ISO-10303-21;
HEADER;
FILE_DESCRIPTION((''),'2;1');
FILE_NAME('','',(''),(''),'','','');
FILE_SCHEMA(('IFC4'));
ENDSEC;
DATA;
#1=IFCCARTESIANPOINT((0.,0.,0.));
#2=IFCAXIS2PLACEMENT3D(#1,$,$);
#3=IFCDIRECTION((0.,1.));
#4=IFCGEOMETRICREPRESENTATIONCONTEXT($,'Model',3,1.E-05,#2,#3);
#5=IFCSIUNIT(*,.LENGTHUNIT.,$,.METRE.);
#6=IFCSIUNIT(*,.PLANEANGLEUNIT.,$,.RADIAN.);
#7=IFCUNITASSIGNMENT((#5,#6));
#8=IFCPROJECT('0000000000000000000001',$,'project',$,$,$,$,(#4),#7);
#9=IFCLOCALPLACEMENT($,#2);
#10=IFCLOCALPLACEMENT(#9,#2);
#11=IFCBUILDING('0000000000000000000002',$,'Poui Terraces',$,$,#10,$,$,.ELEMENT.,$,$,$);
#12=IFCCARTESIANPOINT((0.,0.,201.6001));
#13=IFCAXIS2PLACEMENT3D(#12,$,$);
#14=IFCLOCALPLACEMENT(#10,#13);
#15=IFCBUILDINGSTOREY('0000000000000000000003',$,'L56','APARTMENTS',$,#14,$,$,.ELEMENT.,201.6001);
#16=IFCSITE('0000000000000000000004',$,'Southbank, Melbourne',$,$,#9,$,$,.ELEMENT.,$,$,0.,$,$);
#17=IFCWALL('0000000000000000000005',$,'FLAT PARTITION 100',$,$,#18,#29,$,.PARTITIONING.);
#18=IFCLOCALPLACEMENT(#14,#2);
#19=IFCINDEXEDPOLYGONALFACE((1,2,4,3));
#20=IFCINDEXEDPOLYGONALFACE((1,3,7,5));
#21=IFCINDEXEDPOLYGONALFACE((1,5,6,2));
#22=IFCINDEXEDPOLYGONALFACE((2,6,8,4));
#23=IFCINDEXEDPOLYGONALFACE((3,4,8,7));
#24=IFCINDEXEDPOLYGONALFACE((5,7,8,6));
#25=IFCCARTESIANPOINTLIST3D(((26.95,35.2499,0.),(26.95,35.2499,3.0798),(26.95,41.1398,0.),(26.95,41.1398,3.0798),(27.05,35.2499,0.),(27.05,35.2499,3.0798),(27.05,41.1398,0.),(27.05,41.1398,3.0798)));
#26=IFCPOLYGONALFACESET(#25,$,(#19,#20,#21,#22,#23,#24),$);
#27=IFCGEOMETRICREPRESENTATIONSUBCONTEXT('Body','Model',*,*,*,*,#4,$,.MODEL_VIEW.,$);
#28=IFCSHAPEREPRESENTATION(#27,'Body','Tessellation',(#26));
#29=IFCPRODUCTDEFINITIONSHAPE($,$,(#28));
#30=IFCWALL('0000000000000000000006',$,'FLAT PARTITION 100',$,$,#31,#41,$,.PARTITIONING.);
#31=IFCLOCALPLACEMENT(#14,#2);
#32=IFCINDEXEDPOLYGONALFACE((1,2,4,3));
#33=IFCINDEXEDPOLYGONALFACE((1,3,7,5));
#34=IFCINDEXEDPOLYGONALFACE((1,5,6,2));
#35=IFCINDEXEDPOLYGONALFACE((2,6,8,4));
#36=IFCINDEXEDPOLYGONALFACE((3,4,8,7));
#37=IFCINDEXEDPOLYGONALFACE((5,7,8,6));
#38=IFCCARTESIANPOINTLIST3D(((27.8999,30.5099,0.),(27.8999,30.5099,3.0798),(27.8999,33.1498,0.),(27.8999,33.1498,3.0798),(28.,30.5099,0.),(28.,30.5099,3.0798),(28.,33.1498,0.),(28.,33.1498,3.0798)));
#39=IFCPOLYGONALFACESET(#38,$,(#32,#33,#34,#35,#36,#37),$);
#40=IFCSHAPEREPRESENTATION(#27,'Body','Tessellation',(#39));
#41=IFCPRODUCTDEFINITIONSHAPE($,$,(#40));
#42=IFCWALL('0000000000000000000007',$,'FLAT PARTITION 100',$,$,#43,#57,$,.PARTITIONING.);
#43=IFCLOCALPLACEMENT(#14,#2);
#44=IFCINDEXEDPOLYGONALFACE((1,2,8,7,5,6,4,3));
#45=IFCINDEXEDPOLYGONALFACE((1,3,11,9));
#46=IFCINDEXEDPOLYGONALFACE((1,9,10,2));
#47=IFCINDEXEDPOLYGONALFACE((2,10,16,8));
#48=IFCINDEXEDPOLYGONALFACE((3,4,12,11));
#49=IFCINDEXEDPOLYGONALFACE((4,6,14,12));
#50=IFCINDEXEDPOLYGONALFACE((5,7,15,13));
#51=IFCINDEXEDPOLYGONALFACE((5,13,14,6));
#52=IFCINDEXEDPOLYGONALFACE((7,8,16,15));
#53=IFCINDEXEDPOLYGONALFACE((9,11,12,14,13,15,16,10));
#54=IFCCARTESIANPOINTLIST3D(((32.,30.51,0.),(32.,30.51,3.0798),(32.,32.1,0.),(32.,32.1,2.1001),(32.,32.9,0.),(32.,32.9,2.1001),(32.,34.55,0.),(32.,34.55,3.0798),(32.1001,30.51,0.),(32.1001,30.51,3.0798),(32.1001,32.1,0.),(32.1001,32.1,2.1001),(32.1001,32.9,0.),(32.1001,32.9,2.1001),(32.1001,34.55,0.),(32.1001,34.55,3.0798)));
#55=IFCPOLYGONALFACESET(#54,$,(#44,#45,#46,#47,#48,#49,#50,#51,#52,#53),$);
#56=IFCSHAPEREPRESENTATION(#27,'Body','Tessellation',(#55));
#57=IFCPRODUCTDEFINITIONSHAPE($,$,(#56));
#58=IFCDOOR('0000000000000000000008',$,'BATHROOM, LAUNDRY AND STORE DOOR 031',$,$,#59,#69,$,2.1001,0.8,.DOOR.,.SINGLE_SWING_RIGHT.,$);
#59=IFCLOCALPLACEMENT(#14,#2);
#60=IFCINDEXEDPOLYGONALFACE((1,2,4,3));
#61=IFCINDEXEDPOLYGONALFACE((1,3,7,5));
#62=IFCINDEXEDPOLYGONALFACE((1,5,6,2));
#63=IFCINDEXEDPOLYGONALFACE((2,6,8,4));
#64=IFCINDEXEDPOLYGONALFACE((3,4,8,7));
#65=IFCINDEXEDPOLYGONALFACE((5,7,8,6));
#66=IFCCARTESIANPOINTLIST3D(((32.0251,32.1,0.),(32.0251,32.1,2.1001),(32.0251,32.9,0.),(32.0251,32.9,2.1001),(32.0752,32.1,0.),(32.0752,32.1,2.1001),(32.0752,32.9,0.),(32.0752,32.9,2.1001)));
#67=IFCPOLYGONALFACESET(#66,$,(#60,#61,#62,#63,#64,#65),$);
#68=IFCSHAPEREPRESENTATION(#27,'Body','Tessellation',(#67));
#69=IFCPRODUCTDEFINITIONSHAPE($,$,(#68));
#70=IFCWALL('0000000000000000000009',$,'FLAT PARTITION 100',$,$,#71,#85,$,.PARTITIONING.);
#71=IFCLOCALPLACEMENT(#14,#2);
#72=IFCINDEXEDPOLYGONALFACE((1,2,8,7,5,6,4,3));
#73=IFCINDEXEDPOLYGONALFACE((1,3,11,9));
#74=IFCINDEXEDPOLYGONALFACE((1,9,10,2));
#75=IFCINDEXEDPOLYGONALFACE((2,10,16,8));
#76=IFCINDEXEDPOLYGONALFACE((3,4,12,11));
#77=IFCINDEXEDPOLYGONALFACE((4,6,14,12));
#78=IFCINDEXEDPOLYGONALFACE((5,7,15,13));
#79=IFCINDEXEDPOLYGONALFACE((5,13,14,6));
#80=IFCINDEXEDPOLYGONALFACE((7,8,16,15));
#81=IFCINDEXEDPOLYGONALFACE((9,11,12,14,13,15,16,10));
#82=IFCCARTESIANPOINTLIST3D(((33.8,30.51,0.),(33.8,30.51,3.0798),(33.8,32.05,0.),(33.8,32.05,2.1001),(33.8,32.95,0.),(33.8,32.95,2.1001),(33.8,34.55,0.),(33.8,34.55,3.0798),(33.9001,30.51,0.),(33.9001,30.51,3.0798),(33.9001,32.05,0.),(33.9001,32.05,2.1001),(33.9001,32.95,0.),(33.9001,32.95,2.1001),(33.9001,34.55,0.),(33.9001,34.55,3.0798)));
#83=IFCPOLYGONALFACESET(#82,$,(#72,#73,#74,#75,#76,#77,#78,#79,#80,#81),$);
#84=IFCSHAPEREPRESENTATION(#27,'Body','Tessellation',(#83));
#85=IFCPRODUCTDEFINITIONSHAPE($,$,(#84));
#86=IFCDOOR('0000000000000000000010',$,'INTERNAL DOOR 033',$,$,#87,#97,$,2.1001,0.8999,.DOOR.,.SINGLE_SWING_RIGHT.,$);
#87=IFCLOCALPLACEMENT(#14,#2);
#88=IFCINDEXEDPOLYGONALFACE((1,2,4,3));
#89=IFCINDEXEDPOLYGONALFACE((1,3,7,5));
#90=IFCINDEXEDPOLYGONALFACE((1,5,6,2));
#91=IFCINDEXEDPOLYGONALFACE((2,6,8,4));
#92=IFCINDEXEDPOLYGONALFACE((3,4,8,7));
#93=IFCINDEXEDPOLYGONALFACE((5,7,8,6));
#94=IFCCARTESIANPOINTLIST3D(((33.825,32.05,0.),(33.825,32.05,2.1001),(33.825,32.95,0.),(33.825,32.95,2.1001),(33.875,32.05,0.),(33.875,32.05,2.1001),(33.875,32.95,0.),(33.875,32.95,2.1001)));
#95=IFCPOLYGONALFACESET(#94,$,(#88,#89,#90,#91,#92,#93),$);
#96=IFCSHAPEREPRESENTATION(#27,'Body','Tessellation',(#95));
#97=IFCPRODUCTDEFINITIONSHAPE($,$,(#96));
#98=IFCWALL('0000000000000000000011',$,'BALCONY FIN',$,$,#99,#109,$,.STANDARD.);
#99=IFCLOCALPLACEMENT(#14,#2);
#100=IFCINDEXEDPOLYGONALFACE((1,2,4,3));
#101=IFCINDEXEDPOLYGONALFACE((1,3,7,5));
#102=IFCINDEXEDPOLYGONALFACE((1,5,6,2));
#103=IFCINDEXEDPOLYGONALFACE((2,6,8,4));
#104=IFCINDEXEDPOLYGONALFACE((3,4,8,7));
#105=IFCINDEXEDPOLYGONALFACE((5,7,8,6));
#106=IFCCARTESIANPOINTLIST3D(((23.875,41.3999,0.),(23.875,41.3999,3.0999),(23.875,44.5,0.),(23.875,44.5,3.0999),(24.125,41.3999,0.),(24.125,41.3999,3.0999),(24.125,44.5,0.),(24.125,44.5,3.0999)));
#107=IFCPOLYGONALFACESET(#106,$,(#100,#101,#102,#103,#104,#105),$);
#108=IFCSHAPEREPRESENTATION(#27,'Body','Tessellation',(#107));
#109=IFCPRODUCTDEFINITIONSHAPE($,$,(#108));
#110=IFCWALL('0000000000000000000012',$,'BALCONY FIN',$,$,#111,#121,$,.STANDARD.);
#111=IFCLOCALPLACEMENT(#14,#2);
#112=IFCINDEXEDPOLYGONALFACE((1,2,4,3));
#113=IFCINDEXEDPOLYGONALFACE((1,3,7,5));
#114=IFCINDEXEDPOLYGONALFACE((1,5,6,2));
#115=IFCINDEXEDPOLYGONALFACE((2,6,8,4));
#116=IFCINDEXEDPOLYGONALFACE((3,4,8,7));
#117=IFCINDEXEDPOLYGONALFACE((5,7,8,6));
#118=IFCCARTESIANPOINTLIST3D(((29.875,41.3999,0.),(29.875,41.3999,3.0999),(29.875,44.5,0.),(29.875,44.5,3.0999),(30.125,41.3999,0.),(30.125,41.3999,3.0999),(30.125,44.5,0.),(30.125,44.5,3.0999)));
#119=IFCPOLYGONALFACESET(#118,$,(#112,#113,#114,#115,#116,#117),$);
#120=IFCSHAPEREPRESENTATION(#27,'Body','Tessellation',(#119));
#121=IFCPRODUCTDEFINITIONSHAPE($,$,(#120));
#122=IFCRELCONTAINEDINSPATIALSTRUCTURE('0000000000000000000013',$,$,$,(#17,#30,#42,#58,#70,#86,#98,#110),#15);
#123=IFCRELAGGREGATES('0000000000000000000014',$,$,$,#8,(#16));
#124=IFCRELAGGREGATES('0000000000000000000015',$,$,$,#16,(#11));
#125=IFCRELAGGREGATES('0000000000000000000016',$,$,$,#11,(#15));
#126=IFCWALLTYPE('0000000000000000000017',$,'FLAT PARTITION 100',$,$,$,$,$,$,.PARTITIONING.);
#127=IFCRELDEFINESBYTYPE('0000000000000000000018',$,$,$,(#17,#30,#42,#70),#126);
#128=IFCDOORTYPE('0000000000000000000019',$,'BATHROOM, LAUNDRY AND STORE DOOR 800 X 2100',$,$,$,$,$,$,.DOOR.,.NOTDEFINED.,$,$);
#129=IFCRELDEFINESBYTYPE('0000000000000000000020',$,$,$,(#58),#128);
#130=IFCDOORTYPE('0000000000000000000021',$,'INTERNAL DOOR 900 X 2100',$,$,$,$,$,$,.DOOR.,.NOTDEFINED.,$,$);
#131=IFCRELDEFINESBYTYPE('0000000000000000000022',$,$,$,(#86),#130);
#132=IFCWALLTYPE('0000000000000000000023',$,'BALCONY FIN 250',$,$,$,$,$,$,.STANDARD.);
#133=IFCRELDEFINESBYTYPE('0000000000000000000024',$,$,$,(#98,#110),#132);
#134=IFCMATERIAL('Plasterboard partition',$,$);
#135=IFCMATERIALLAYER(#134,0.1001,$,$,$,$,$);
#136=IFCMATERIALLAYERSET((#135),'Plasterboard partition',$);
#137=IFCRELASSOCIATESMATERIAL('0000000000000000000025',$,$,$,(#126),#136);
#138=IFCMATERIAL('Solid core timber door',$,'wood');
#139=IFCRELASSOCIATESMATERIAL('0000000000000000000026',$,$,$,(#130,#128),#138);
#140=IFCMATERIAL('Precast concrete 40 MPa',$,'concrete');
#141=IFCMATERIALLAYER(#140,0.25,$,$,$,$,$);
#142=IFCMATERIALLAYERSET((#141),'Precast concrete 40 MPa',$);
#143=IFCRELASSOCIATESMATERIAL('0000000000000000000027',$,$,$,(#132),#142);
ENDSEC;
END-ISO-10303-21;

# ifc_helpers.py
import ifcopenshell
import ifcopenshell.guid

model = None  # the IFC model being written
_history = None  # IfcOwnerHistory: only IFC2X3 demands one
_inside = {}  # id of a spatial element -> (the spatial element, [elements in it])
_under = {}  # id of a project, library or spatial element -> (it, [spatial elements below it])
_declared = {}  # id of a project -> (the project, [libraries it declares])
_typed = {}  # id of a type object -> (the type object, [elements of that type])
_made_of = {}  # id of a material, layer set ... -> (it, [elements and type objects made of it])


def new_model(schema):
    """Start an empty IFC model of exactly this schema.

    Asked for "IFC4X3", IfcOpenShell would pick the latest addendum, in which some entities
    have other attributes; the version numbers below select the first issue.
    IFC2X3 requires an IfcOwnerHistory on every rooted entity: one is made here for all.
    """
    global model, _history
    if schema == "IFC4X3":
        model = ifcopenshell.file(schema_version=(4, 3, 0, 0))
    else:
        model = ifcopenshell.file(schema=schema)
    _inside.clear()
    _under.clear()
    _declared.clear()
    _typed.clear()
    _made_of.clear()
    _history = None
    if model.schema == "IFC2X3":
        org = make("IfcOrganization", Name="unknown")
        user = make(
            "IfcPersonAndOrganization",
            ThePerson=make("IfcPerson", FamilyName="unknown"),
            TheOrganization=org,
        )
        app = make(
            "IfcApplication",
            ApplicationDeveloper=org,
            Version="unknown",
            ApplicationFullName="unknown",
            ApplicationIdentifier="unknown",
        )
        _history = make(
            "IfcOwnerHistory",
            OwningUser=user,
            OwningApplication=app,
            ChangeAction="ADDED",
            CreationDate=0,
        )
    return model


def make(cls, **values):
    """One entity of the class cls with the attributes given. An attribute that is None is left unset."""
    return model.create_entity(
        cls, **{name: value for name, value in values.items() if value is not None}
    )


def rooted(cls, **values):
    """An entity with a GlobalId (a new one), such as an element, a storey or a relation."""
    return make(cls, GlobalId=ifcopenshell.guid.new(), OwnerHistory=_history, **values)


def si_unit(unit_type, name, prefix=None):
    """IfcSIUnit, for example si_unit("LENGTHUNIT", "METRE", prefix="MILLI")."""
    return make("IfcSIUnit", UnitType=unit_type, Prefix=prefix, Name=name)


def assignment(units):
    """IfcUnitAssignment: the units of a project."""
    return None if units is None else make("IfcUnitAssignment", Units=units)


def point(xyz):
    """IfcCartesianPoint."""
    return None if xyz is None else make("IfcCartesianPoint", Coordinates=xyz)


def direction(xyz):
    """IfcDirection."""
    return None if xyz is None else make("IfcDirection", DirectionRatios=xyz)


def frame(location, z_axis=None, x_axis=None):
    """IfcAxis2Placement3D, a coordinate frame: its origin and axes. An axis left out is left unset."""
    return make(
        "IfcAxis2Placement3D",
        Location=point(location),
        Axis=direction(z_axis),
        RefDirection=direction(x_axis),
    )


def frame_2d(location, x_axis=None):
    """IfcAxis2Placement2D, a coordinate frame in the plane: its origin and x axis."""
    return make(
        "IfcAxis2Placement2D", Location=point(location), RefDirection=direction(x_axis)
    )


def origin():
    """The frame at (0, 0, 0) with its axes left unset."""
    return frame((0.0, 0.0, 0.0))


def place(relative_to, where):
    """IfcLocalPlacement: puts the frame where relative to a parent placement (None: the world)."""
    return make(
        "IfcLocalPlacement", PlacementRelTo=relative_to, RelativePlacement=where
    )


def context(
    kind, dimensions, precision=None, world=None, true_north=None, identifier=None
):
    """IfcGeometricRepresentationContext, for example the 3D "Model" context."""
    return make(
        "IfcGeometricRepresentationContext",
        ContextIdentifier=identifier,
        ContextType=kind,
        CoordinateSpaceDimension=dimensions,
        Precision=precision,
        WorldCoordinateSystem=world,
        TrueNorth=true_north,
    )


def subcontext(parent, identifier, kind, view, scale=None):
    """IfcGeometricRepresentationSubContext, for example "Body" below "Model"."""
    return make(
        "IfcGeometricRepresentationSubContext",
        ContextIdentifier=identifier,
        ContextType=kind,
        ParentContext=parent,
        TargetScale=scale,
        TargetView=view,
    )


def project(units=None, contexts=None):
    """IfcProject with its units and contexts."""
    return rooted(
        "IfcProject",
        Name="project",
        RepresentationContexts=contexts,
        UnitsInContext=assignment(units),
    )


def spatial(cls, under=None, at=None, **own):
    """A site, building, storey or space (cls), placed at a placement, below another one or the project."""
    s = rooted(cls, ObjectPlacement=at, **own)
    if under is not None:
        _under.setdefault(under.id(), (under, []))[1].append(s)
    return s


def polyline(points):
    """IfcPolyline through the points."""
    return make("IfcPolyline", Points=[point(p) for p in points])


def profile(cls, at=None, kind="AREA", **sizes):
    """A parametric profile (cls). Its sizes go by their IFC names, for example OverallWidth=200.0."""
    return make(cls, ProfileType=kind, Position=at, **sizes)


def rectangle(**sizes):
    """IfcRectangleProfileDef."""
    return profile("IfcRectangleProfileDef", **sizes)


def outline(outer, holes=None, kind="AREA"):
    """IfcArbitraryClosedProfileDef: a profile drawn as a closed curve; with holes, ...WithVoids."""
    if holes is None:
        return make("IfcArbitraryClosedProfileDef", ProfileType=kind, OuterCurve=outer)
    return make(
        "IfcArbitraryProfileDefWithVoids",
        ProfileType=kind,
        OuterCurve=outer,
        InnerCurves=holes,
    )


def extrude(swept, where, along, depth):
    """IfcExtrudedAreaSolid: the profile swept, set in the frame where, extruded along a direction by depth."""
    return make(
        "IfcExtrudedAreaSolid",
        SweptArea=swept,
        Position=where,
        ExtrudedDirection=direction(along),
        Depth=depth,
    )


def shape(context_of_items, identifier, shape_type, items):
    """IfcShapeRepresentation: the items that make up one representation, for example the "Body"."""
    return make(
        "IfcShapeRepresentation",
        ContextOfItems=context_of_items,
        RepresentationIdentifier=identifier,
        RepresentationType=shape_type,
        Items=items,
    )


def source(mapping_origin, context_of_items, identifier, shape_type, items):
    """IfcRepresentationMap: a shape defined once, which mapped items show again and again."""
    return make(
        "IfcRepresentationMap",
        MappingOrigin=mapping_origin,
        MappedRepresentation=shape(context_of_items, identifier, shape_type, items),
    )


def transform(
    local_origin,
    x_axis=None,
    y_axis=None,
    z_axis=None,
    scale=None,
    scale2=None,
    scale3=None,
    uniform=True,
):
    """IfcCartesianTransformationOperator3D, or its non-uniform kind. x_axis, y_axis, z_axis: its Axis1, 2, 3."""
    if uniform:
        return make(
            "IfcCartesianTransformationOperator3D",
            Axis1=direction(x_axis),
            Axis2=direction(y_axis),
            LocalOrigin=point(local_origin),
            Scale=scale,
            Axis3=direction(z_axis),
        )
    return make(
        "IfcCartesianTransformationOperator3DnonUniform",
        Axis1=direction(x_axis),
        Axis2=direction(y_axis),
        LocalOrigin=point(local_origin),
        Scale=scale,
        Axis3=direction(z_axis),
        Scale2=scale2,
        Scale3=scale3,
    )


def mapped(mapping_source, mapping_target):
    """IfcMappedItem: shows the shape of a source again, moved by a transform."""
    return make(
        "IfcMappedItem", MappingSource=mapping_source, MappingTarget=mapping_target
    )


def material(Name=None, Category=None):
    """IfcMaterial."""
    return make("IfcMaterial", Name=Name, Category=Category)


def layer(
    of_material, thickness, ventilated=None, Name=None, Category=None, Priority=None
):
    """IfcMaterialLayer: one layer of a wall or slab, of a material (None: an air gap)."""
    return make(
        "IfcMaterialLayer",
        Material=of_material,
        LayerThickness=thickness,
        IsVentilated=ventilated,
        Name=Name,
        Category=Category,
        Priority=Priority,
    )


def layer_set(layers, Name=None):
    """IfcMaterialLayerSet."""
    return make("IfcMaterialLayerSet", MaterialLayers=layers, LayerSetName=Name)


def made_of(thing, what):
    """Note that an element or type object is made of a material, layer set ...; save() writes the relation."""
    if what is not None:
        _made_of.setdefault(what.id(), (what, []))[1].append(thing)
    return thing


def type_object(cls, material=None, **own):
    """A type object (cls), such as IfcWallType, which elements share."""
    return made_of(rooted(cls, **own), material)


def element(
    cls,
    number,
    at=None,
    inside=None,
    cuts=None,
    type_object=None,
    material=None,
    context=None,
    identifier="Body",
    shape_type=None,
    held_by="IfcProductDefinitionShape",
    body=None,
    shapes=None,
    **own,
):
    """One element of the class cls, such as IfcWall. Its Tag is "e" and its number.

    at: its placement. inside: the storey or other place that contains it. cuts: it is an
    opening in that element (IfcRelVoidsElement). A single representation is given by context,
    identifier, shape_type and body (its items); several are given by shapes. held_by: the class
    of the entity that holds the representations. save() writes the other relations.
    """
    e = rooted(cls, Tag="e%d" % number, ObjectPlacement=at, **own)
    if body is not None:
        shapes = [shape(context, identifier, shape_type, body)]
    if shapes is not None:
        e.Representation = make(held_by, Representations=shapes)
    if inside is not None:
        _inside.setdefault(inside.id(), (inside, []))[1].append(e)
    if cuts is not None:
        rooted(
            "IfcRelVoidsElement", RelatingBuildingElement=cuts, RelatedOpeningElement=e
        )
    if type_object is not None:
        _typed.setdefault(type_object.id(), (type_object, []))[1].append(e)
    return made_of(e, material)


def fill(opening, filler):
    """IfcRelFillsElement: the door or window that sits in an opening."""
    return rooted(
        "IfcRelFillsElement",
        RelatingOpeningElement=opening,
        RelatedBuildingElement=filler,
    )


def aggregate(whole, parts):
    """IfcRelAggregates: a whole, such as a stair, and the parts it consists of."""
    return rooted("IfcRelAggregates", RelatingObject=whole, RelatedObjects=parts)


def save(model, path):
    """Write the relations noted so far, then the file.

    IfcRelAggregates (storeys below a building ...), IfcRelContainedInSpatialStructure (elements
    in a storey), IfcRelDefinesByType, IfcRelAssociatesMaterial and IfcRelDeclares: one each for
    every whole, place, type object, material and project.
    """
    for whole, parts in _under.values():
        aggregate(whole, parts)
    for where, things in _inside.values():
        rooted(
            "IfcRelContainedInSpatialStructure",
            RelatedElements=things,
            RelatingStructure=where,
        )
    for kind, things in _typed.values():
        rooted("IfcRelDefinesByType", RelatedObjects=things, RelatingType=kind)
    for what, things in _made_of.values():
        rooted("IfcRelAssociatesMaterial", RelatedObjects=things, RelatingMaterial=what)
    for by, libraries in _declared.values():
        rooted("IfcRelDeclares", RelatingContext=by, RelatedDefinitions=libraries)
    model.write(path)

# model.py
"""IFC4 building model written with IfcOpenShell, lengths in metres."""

from ifc_helpers import new_model, si_unit, direction, frame, frame_2d, origin, place, context, subcontext, project, spatial, polyline, rectangle, outline, extrude, source, transform, mapped, material, layer, layer_set, type_object, element, fill, save


model = new_model("IFC4")

# Units and contexts
model_context = context("Model", 3, precision=1e-05, world=origin(), true_north=direction((0.0, 1.0)))
body_context = subcontext(model_context, "Body", "Model", "MODEL_VIEW")
ifc_project = project(units=[si_unit("LENGTHUNIT", "METRE"), si_unit("PLANEANGLEUNIT", "RADIAN")], contexts=[model_context])

# Site, building, storey
site_placement = place(None, origin())
site = spatial("IfcSite", under=ifc_project, at=site_placement, Name="Southbank, Melbourne", CompositionType="ELEMENT", RefElevation=0.0)
building_placement = place(site_placement, origin())
building = spatial("IfcBuilding", under=site, at=building_placement, Name="Poui Terraces", CompositionType="ELEMENT")
storey_placement = place(building_placement, frame((0.0, 0.0, 201.6001)))
storey = spatial("IfcBuildingStorey", under=building, at=storey_placement, Name="L56", Description="APARTMENTS", CompositionType="ELEMENT", Elevation=201.6001)

# Shared definitions
ifc_material_1 = material(Name="Plasterboard partition")
ifc_layer_1 = layer(ifc_material_1, 0.1001)
ifc_layer_set_1 = layer_set([ifc_layer_1], Name="Plasterboard partition")
wall_type_1 = type_object("IfcWallType", Name="FLAT PARTITION 100", PredefinedType="PARTITIONING", material=ifc_layer_set_1)
ifc_material_2 = material(Name="Solid core timber door", Category="wood")
door_type_1 = type_object("IfcDoorType", Name="INTERNAL DOOR 900 X 2100", OperationType="NOTDEFINED", PredefinedType="DOOR", material=ifc_material_2)
door_type_2 = type_object("IfcDoorType", Name="BATHROOM, LAUNDRY AND STORE DOOR 800 X 2100", OperationType="NOTDEFINED", PredefinedType="DOOR", material=ifc_material_2)

# Walls
wall_1_placement = place(storey_placement, frame((27.0, 35.25, 0.0), z_axis=(0.0, 0.0, 1.0), x_axis=(0.0, 1.0, 0.0)))
element("IfcWall", 1, at=wall_1_placement, inside=storey, type_object=wall_type_1, Name="FLAT PARTITION 100", PredefinedType="PARTITIONING", context=body_context, shape_type="SweptSolid", body=[
    extrude(rectangle(XDim=5.8899, YDim=0.1001, at=frame_2d((2.9448, 0.0))), origin(), (0.0, 0.0, 1.0), 3.0798),
])
wall_2_placement = place(storey_placement, frame((27.95, 30.51, 0.0), z_axis=(0.0, 0.0, 1.0), x_axis=(0.0, 1.0, 0.0)))
element("IfcWall", 2, at=wall_2_placement, inside=storey, type_object=wall_type_1, Name="FLAT PARTITION 100", PredefinedType="PARTITIONING", context=body_context, shape_type="SweptSolid", body=[
    extrude(rectangle(XDim=2.6399, YDim=0.1001, at=frame_2d((1.3198, 0.0))), origin(), (0.0, 0.0, 1.0), 3.0798),
])

# Walls, openings, doors
wall_3_placement = place(storey_placement, frame((32.05, 30.51, 0.0), z_axis=(0.0, 0.0, 1.0), x_axis=(0.0, 1.0, 0.0)))
wall_3 = element("IfcWall", 3, at=wall_3_placement, inside=storey, type_object=wall_type_1, Name="FLAT PARTITION 100", PredefinedType="PARTITIONING", context=body_context, shape_type="SweptSolid", body=[
    extrude(rectangle(XDim=4.04, YDim=0.1001, at=frame_2d((2.02, 0.0))), origin(), (0.0, 0.0, 1.0), 3.0798),
])
opening_1_placement = place(wall_3_placement, frame((1.5901, 0.0, 0.0)))
opening_1 = element("IfcOpeningElement", 4, at=opening_1_placement, cuts=wall_3, PredefinedType="OPENING", context=body_context, shape_type="SweptSolid", body=[
    extrude(rectangle(XDim=0.8, YDim=2.1001, at=frame_2d((0.3999, 1.05))), frame((0.0, 0.0601, 0.0), z_axis=(0.0, -1.0, 0.0), x_axis=(1.0, 0.0, 0.0)), (0.0, 0.0, 1.0), 0.1201),
])
door_1_placement = place(opening_1_placement, origin())
door_1 = element("IfcDoor", 5, at=door_1_placement, inside=storey, type_object=door_type_2, Name="BATHROOM, LAUNDRY AND STORE DOOR 031", OperationType="SINGLE_SWING_RIGHT", OverallHeight=2.1001, OverallWidth=0.8, PredefinedType="DOOR", context=body_context, shape_type="SweptSolid", body=[
    extrude(rectangle(XDim=0.8, YDim=2.1001, at=frame_2d((0.3999, 1.05))), frame((0.0, 0.0249, 0.0), z_axis=(0.0, -1.0, 0.0), x_axis=(1.0, 0.0, 0.0)), (0.0, 0.0, 1.0), 0.05),
])
fill(opening_1, door_1)
wall_4_placement = place(storey_placement, frame((33.8501, 30.51, 0.0), z_axis=(0.0, 0.0, 1.0), x_axis=(0.0, 1.0, 0.0)))
wall_4 = element("IfcWall", 6, at=wall_4_placement, inside=storey, type_object=wall_type_1, Name="FLAT PARTITION 100", PredefinedType="PARTITIONING", context=body_context, shape_type="SweptSolid", body=[
    extrude(rectangle(XDim=4.04, YDim=0.1001, at=frame_2d((2.02, 0.0))), origin(), (0.0, 0.0, 1.0), 3.0798),
])
opening_2_placement = place(wall_4_placement, frame((1.54, 0.0, 0.0)))
opening_2 = element("IfcOpeningElement", 7, at=opening_2_placement, cuts=wall_4, PredefinedType="OPENING", context=body_context, shape_type="SweptSolid", body=[
    extrude(rectangle(XDim=0.8999, YDim=2.1001, at=frame_2d((0.45, 1.05))), frame((0.0, 0.0601, 0.0), z_axis=(0.0, -1.0, 0.0), x_axis=(1.0, 0.0, 0.0)), (0.0, 0.0, 1.0), 0.1201),
])
door_2_placement = place(opening_2_placement, frame((0.8999, 0.0, 0.0), z_axis=(0.0, 0.0, 1.0), x_axis=(-1.0, 0.0, 0.0)))
door_2 = element("IfcDoor", 8, at=door_2_placement, inside=storey, type_object=door_type_1, Name="INTERNAL DOOR 033", OperationType="SINGLE_SWING_RIGHT", OverallHeight=2.1001, OverallWidth=0.8999, PredefinedType="DOOR", context=body_context, shape_type="SweptSolid", body=[
    extrude(rectangle(XDim=0.8999, YDim=2.1001, at=frame_2d((0.45, 1.05))), frame((0.0, 0.0249, 0.0), z_axis=(0.0, -1.0, 0.0), x_axis=(1.0, 0.0, 0.0)), (0.0, 0.0, 1.0), 0.05),
])
fill(opening_2, door_2)

# Walls
ifc_material_3 = material(Name="Precast concrete 40 MPa", Category="concrete")
ifc_layer_2 = layer(ifc_material_3, 0.25)
ifc_layer_set_2 = layer_set([ifc_layer_2], Name="Precast concrete 40 MPa")
wall_type_2 = type_object("IfcWallType", Name="BALCONY FIN 250", PredefinedType="STANDARD", material=ifc_layer_set_2)
shared_shape_1 = source(origin(), body_context, "Body", "SweptSolid", [
    extrude(outline(polyline([(0.0, 0.0), (0.25, 0.0), (0.25, 3.1001), (0.0, 3.1001), (0.0, 0.0)])), origin(), (0.0, 0.0, 1.0), 3.0999),
])
for number, where, name in (
    (9, (23.875, 41.3999, 0.0), "BALCONY FIN"),
    (10, (29.875, 41.3999, 0.0), "BALCONY FIN"),
):
    element("IfcWall", number, at=place(storey_placement, frame(where)), inside=storey, type_object=wall_type_2, Name=name, PredefinedType="STANDARD", context=body_context, shape_type="MappedRepresentation", body=[
        mapped(shared_shape_1, transform((0.0, 0.0, 0.0))),
    ])

save(model, "model.ifc")
